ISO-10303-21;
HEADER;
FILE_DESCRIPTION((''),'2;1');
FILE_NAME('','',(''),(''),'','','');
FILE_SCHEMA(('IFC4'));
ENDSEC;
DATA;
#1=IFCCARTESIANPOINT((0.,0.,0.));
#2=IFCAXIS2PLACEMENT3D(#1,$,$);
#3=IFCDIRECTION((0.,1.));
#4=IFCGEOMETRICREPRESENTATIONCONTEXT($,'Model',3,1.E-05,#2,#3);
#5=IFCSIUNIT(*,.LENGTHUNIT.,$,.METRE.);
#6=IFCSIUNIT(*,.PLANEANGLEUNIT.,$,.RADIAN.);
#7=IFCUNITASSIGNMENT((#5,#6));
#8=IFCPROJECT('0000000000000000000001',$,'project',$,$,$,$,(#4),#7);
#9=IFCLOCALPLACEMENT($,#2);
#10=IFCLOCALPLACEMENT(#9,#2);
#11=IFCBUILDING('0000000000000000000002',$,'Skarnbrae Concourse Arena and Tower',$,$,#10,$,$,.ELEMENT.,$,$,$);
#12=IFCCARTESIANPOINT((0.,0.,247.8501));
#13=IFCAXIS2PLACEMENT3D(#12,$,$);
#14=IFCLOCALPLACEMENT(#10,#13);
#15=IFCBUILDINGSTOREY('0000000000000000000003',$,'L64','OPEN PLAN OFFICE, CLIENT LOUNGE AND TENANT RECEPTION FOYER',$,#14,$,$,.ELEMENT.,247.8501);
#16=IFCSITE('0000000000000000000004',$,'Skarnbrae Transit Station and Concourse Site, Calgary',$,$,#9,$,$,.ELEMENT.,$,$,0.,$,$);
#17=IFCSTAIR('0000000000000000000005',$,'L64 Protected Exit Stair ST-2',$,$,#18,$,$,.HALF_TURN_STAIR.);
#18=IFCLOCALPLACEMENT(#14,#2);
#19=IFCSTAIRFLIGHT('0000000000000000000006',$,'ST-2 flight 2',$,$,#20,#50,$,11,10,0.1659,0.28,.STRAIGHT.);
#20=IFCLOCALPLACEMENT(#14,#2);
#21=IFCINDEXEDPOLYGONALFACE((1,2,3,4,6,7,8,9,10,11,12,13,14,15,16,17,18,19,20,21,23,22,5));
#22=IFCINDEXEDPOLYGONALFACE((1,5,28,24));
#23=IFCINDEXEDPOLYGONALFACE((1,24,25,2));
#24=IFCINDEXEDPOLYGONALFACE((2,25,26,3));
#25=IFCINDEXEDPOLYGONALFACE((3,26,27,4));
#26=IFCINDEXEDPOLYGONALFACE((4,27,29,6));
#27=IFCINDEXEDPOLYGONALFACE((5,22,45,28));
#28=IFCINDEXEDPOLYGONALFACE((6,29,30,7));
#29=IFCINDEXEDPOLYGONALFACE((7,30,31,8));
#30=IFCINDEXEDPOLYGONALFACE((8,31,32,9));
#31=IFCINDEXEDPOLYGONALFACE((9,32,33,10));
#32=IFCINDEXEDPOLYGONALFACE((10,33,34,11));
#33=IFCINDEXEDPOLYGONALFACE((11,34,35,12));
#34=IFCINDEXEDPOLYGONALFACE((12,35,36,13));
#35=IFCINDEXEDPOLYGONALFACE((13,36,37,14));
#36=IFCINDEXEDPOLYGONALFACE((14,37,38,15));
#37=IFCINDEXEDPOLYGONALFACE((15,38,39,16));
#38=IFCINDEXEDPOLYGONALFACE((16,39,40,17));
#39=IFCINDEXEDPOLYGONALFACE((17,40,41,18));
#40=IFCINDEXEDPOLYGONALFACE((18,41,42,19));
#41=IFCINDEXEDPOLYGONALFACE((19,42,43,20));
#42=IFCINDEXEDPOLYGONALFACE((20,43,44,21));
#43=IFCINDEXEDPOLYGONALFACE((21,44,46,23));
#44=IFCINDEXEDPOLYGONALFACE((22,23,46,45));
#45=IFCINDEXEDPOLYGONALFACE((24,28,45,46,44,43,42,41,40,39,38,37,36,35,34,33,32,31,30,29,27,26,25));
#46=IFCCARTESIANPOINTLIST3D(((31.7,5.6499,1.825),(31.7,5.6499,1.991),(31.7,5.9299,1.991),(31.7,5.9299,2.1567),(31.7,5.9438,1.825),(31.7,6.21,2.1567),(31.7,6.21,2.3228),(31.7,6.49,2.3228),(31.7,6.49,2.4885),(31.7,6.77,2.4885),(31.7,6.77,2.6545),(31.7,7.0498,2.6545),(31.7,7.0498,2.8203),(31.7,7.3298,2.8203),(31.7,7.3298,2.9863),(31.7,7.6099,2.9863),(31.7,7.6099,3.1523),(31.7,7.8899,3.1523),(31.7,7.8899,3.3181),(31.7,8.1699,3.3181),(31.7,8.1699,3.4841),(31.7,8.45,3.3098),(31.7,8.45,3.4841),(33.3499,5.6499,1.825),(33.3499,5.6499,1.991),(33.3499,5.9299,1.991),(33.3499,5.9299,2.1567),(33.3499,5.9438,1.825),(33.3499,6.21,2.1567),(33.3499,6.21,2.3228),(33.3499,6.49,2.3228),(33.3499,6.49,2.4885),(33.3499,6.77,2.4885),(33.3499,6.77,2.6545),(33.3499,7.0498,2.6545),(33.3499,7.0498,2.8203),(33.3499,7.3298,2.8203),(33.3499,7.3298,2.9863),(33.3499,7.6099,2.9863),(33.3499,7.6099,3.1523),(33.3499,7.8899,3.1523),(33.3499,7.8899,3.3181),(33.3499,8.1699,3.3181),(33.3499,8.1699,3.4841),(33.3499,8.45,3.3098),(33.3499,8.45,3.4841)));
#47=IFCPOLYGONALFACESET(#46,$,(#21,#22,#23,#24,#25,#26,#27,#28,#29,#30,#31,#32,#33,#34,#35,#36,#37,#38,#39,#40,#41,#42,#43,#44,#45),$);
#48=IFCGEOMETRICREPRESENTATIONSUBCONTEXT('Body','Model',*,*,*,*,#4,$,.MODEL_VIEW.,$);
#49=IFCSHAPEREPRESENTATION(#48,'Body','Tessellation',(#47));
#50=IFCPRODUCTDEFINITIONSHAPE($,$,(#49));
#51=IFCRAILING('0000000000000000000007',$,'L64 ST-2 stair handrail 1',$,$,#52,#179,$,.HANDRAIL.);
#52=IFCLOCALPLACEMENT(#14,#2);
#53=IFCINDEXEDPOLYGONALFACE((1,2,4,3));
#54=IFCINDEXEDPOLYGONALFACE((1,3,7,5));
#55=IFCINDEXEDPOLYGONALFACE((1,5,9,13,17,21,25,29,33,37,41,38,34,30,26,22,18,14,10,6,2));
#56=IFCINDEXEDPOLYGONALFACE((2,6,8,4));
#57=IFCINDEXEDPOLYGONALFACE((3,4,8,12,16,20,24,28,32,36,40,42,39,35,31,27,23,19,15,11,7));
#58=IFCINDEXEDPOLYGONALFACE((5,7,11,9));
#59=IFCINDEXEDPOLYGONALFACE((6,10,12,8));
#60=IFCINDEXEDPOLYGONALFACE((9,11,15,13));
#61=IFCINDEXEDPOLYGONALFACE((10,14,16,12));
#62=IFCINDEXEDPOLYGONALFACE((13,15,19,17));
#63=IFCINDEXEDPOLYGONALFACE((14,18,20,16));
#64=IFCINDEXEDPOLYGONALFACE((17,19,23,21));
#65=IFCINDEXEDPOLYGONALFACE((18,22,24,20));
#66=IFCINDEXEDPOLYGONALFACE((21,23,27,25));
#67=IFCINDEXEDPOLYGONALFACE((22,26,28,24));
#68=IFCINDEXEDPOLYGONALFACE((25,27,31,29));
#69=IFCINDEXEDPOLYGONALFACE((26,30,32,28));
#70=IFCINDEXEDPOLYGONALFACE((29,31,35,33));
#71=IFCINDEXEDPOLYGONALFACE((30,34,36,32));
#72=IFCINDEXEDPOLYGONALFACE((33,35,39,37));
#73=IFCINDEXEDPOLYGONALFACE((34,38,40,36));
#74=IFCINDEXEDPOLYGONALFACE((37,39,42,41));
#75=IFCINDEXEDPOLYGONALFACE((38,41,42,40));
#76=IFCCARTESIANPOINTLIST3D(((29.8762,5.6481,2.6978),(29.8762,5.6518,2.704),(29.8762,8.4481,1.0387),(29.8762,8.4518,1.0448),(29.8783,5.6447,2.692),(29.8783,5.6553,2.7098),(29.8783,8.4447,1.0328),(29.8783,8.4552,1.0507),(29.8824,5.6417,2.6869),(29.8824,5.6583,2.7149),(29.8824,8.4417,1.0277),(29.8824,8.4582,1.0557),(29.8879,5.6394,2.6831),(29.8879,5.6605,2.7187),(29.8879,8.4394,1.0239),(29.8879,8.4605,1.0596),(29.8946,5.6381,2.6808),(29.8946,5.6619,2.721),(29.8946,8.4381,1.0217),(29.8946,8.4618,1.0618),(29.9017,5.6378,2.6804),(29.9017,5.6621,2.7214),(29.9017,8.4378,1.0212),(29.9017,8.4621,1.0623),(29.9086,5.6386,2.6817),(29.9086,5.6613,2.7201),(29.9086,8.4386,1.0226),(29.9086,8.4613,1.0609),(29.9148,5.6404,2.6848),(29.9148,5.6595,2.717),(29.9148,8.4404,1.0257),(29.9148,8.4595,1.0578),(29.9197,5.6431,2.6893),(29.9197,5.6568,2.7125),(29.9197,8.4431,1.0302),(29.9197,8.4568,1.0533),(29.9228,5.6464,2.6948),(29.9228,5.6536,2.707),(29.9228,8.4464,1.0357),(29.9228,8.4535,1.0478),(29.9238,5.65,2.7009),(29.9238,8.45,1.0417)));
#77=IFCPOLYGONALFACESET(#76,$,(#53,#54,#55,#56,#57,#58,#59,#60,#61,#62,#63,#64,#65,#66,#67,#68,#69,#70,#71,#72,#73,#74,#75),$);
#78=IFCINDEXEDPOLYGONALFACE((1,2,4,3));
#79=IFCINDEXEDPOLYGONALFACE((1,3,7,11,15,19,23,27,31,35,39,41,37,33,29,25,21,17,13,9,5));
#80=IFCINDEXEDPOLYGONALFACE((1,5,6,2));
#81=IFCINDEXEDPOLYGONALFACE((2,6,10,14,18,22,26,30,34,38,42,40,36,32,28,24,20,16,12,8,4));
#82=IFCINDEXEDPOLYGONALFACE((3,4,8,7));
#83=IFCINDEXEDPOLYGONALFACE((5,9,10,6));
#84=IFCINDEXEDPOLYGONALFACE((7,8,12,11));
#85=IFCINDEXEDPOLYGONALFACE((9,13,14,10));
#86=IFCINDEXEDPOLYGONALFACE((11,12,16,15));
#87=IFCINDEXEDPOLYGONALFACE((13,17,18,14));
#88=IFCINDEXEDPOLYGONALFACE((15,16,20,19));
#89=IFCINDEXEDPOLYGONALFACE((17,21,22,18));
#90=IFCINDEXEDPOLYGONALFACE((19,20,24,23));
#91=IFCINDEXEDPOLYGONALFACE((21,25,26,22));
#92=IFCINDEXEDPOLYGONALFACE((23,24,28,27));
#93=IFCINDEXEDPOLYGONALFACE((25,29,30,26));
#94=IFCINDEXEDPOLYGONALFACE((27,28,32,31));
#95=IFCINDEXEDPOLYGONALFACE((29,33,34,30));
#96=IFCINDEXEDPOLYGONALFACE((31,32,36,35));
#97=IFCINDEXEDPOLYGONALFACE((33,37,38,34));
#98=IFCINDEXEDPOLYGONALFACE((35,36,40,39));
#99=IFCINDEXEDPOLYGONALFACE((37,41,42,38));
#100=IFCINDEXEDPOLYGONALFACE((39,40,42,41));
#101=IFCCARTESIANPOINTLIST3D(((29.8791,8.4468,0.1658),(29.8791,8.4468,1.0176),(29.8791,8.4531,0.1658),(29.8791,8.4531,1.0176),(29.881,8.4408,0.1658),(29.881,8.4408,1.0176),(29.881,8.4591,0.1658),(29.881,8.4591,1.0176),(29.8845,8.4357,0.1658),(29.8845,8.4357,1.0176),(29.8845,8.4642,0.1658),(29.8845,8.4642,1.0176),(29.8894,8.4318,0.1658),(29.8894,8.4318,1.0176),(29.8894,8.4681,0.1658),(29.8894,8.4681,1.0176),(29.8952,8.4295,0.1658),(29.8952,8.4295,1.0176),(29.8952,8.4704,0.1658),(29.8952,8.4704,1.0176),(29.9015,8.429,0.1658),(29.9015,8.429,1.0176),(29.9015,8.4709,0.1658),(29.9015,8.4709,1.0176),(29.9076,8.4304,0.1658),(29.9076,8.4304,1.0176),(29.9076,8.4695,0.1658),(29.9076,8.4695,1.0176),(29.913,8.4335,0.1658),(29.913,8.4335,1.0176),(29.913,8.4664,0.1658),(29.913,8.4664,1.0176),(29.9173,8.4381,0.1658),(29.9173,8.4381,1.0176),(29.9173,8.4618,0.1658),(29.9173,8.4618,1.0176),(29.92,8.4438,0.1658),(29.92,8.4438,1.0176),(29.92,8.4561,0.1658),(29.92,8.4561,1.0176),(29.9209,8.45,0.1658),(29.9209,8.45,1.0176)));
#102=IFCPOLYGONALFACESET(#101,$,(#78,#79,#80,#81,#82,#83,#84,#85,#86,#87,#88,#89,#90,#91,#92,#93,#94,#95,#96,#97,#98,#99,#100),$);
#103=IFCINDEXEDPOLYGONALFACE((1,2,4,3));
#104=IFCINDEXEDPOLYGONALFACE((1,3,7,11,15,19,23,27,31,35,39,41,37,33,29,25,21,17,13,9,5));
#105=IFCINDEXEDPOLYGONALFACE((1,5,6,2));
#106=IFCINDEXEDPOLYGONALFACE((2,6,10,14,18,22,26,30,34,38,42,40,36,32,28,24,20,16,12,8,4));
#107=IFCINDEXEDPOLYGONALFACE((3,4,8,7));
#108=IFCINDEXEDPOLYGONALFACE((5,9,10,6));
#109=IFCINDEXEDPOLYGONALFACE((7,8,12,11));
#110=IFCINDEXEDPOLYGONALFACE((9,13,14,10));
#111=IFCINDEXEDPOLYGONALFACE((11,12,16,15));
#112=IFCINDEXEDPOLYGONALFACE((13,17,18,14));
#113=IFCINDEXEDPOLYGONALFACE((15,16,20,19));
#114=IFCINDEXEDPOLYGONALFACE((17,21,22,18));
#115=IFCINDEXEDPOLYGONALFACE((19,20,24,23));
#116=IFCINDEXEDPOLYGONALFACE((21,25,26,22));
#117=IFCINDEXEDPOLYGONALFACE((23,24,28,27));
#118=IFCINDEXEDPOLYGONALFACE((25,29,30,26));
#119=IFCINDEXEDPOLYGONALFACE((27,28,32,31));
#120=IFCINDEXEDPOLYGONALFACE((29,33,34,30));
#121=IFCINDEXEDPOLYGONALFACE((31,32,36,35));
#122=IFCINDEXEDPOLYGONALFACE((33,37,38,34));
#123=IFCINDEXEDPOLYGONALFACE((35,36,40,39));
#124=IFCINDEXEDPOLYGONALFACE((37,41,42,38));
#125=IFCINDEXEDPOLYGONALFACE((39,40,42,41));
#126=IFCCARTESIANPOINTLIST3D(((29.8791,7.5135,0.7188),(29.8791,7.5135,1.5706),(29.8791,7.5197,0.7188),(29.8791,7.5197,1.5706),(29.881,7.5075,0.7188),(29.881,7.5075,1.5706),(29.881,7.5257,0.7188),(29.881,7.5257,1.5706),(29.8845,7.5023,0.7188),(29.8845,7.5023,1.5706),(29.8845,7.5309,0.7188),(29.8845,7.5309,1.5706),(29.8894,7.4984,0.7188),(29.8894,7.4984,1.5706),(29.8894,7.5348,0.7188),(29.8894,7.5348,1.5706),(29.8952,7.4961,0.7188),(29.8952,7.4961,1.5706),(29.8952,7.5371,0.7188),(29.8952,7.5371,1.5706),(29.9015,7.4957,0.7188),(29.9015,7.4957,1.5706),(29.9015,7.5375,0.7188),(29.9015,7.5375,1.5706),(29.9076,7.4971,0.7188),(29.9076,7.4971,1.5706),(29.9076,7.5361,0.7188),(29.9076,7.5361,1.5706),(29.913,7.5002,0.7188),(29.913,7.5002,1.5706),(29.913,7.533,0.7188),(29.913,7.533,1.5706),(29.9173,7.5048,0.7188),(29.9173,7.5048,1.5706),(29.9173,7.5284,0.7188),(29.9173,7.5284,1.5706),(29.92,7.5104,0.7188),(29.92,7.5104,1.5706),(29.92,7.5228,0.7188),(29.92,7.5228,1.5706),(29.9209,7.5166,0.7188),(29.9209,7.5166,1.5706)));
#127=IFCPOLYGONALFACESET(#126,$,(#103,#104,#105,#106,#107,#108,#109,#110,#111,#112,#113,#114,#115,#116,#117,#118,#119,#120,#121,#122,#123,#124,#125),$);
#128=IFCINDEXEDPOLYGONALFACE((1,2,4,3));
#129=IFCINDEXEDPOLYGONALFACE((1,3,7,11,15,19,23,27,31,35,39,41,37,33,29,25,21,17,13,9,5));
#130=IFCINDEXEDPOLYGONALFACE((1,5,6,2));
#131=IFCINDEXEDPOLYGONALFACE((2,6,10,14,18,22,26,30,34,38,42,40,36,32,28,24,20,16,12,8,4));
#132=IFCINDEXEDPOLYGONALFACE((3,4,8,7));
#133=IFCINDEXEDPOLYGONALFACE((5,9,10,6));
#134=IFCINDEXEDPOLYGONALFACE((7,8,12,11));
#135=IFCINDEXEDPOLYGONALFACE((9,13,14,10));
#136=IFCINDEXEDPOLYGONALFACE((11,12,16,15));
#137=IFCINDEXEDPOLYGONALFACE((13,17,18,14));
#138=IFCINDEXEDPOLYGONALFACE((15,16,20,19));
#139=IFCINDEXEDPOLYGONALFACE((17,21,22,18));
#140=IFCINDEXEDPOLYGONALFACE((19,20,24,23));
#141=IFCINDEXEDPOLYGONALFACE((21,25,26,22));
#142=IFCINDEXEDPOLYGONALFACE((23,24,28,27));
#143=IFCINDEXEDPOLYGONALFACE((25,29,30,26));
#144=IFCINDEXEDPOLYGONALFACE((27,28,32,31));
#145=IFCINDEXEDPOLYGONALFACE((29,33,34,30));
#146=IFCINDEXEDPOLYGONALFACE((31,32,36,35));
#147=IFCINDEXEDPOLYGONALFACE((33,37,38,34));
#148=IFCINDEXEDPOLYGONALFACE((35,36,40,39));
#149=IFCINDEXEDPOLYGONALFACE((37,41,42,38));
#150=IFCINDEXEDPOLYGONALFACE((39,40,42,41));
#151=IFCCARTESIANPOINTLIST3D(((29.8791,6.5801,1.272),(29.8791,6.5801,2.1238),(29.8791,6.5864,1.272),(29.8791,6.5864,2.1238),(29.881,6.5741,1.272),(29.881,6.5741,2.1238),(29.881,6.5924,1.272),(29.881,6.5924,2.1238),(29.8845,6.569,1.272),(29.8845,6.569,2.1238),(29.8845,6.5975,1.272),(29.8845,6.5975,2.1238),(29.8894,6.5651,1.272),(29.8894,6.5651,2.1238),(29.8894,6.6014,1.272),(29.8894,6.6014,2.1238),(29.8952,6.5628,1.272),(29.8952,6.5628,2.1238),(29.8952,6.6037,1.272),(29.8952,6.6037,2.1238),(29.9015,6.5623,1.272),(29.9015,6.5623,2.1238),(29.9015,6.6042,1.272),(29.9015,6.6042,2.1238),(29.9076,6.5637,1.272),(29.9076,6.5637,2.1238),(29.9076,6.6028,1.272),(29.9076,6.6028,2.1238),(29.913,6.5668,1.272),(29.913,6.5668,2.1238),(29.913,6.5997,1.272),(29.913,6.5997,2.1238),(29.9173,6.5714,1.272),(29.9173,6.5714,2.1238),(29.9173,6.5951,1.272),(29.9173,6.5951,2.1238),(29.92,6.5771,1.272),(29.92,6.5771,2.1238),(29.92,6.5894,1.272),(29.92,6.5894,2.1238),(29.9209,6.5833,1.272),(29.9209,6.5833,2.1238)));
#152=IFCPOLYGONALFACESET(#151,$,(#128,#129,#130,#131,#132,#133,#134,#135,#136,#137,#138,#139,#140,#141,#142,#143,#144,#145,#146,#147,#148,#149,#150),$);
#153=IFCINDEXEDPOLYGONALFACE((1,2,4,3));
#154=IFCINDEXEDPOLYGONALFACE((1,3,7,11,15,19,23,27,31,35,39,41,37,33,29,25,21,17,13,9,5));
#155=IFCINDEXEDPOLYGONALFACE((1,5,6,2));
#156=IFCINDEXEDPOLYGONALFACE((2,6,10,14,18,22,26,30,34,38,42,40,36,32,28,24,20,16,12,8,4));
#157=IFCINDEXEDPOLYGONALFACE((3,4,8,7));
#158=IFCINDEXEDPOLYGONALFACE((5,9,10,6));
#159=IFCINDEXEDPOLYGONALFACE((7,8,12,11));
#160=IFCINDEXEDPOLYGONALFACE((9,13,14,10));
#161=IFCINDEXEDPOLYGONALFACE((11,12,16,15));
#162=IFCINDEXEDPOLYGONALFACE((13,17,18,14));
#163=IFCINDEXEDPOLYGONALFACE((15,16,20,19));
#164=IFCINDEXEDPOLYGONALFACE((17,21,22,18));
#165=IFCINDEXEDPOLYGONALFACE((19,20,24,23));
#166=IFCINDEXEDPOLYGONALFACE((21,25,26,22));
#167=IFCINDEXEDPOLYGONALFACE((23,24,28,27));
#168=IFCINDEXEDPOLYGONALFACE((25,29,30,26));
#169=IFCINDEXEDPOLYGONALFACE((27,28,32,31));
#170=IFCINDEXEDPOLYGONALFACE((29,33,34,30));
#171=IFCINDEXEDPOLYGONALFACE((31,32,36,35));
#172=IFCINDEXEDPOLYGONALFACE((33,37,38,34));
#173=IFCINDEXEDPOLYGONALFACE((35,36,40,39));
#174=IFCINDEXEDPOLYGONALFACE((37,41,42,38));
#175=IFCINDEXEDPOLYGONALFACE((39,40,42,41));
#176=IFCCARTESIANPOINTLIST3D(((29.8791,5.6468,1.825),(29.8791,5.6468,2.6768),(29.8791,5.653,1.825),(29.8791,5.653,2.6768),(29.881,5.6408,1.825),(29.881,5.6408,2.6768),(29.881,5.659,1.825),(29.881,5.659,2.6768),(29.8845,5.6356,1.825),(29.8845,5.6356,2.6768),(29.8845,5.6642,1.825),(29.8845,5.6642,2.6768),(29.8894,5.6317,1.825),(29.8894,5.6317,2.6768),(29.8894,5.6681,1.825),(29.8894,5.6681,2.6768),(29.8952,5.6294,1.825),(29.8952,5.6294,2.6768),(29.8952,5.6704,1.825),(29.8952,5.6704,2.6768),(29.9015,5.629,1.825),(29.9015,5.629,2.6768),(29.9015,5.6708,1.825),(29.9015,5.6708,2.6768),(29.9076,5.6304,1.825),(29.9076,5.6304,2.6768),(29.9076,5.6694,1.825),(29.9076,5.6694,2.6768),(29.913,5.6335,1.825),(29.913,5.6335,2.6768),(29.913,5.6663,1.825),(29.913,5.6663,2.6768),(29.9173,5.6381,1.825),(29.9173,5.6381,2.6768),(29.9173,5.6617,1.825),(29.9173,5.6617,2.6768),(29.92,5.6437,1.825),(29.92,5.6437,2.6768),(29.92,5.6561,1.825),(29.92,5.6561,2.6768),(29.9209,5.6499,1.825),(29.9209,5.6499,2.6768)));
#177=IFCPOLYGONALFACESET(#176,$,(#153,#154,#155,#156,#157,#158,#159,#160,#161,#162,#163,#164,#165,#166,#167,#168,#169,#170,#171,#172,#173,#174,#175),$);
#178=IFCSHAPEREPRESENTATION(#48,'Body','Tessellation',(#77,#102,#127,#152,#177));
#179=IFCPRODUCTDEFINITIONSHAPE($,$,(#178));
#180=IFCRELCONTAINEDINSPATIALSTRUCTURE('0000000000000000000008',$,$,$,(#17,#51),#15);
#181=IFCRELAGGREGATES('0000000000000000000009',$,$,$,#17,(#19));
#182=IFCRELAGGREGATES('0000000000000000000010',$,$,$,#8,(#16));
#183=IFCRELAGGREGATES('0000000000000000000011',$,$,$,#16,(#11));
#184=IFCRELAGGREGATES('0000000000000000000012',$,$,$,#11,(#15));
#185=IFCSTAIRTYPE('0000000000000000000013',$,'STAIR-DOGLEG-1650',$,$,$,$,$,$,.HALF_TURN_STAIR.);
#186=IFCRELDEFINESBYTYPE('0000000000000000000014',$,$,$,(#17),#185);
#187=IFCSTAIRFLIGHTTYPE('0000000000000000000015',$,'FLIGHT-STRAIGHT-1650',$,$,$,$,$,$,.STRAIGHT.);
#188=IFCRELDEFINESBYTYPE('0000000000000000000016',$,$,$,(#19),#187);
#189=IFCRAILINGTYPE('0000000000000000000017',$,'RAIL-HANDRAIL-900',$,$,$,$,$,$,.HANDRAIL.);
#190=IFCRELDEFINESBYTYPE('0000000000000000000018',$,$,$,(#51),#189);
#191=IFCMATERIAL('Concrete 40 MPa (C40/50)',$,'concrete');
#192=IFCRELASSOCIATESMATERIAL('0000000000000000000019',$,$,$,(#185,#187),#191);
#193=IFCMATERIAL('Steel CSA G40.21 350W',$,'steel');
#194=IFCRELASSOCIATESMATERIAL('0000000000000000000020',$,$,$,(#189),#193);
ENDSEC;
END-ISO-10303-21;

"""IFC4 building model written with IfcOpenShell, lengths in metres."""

from ifc_helpers import new_model, si_unit, direction, frame, origin, origin_2d, place, context, subcontext, project, spatial, polyline, circle, outline, extrude, source, transform, mapped, material, type_object, element, aggregate, save


model = new_model("IFC4")

# Units and contexts
model_context = context("Model", 3, precision=1e-05, world=origin(), true_north=direction((0.0, 1.0)))
body_context = subcontext(model_context, "Body", "Model", "MODEL_VIEW")
ifc_project = project(units=[si_unit("LENGTHUNIT", "METRE"), si_unit("PLANEANGLEUNIT", "RADIAN")], contexts=[model_context])

# Site, building, storey
site_placement = place(None, origin())
site = spatial("IfcSite", under=ifc_project, at=site_placement, Name="Skarnbrae Transit Station and Concourse Site, Calgary", CompositionType="ELEMENT", RefElevation=0.0)
building_placement = place(site_placement, origin())
building = spatial("IfcBuilding", under=site, at=building_placement, Name="Skarnbrae Concourse Arena and Tower", CompositionType="ELEMENT")
storey_placement = place(building_placement, frame((0.0, 0.0, 247.8501)))
storey = spatial("IfcBuildingStorey", under=building, at=storey_placement, Name="L64", Description="OPEN PLAN OFFICE, CLIENT LOUNGE AND TENANT RECEPTION FOYER", CompositionType="ELEMENT", Elevation=247.8501)

# Shared definitions
ifc_material_1 = material(Name="Steel CSA G40.21 350W", Category="steel")

# Stair, stair flight
ifc_material_2 = material(Name="Concrete 40 MPa (C40/50)", Category="concrete")
stair_type = type_object("IfcStairType", Name="STAIR-DOGLEG-1650", PredefinedType="HALF_TURN_STAIR", material=ifc_material_2)
stair_placement = place(storey_placement, origin())
stair = element("IfcStair", 1, at=stair_placement, inside=storey, type_object=stair_type, Name="L64 Protected Exit Stair ST-2", PredefinedType="HALF_TURN_STAIR")
stair_flight_type = type_object("IfcStairFlightType", Name="FLIGHT-STRAIGHT-1650", PredefinedType="STRAIGHT", material=ifc_material_2)
shared_shape_1 = source(origin(), body_context, "Body", "SweptSolid", [
    extrude(outline(polyline([(0.0, 0.0), (0.0, 0.166), (0.28, 0.166), (0.28, 0.3318), (0.5601, 0.3318), (0.5601, 0.4978), (0.8401, 0.4978), (0.8401, 0.6636), (1.1201, 0.6636), (1.1201, 0.8296), (1.3999, 0.8296), (1.3999, 0.9954), (1.6799, 0.9954), (1.6799, 1.1614), (1.96, 1.1614), (1.96, 1.3274), (2.24, 1.3274), (2.24, 1.4932), (2.52, 1.4932), (2.52, 1.6592), (2.8, 1.6592), (2.8, 1.825), (2.8, 1.4849), (0.2939, 0.0), (0.0, 0.0)])), frame((0.0, 0.825, 0.0), z_axis=(0.0, -1.0, 0.0), x_axis=(1.0, 0.0, 0.0)), (0.0, 0.0, 1.0), 1.6499),
])
stair_flight_1_placement = place(storey_placement, frame((32.5249, 5.6499, 1.825), z_axis=(0.0, 0.0, 1.0), x_axis=(0.0, 1.0, 0.0)))
stair_flight_1 = element("IfcStairFlight", 2, at=stair_flight_1_placement, type_object=stair_flight_type, Name="ST-2 flight 2", NumberOfRisers=11, NumberOfTreads=10, PredefinedType="STRAIGHT", RiserHeight=0.1659, TreadLength=0.28, context=body_context, shape_type="MappedRepresentation", body=[
    mapped(shared_shape_1, transform((0.0, 0.0, 0.0))),
])
aggregate(stair, [stair_flight_1])

# Railing
railing_type_1 = type_object("IfcRailingType", Name="RAIL-HANDRAIL-900", PredefinedType="HANDRAIL", material=ifc_material_1)
railing_1_placement = place(storey_placement, frame((29.8999, 8.45, 0.1658)))
element("IfcRailing", 3, at=railing_1_placement, inside=storey, type_object=railing_type_1, Name="L64 ST-2 stair handrail 1", PredefinedType="HANDRAIL", context=body_context, shape_type="SweptSolid", body=[
    extrude(circle(Radius=0.0239, at=origin_2d()), frame((0.0, 0.0, 0.876), z_axis=(0.0, -0.860306, 0.509778), x_axis=(1.0, 0.0, 0.0)), (0.0, 0.0, 1.0), 3.2546),
    extrude(circle(Radius=0.021, at=origin_2d()), origin(), (0.0, 0.0, 1.0), 0.8518),
    extrude(circle(Radius=0.021, at=origin_2d()), frame((0.0, -0.9333, 0.553)), (0.0, 0.0, 1.0), 0.8518),
    extrude(circle(Radius=0.021, at=origin_2d()), frame((0.0, -1.8667, 1.1062)), (0.0, 0.0, 1.0), 0.8518),
    extrude(circle(Radius=0.021, at=origin_2d()), frame((0.0, -2.8, 1.6592)), (0.0, 0.0, 1.0), 0.8518),
])

save(model, "model.ifc")
